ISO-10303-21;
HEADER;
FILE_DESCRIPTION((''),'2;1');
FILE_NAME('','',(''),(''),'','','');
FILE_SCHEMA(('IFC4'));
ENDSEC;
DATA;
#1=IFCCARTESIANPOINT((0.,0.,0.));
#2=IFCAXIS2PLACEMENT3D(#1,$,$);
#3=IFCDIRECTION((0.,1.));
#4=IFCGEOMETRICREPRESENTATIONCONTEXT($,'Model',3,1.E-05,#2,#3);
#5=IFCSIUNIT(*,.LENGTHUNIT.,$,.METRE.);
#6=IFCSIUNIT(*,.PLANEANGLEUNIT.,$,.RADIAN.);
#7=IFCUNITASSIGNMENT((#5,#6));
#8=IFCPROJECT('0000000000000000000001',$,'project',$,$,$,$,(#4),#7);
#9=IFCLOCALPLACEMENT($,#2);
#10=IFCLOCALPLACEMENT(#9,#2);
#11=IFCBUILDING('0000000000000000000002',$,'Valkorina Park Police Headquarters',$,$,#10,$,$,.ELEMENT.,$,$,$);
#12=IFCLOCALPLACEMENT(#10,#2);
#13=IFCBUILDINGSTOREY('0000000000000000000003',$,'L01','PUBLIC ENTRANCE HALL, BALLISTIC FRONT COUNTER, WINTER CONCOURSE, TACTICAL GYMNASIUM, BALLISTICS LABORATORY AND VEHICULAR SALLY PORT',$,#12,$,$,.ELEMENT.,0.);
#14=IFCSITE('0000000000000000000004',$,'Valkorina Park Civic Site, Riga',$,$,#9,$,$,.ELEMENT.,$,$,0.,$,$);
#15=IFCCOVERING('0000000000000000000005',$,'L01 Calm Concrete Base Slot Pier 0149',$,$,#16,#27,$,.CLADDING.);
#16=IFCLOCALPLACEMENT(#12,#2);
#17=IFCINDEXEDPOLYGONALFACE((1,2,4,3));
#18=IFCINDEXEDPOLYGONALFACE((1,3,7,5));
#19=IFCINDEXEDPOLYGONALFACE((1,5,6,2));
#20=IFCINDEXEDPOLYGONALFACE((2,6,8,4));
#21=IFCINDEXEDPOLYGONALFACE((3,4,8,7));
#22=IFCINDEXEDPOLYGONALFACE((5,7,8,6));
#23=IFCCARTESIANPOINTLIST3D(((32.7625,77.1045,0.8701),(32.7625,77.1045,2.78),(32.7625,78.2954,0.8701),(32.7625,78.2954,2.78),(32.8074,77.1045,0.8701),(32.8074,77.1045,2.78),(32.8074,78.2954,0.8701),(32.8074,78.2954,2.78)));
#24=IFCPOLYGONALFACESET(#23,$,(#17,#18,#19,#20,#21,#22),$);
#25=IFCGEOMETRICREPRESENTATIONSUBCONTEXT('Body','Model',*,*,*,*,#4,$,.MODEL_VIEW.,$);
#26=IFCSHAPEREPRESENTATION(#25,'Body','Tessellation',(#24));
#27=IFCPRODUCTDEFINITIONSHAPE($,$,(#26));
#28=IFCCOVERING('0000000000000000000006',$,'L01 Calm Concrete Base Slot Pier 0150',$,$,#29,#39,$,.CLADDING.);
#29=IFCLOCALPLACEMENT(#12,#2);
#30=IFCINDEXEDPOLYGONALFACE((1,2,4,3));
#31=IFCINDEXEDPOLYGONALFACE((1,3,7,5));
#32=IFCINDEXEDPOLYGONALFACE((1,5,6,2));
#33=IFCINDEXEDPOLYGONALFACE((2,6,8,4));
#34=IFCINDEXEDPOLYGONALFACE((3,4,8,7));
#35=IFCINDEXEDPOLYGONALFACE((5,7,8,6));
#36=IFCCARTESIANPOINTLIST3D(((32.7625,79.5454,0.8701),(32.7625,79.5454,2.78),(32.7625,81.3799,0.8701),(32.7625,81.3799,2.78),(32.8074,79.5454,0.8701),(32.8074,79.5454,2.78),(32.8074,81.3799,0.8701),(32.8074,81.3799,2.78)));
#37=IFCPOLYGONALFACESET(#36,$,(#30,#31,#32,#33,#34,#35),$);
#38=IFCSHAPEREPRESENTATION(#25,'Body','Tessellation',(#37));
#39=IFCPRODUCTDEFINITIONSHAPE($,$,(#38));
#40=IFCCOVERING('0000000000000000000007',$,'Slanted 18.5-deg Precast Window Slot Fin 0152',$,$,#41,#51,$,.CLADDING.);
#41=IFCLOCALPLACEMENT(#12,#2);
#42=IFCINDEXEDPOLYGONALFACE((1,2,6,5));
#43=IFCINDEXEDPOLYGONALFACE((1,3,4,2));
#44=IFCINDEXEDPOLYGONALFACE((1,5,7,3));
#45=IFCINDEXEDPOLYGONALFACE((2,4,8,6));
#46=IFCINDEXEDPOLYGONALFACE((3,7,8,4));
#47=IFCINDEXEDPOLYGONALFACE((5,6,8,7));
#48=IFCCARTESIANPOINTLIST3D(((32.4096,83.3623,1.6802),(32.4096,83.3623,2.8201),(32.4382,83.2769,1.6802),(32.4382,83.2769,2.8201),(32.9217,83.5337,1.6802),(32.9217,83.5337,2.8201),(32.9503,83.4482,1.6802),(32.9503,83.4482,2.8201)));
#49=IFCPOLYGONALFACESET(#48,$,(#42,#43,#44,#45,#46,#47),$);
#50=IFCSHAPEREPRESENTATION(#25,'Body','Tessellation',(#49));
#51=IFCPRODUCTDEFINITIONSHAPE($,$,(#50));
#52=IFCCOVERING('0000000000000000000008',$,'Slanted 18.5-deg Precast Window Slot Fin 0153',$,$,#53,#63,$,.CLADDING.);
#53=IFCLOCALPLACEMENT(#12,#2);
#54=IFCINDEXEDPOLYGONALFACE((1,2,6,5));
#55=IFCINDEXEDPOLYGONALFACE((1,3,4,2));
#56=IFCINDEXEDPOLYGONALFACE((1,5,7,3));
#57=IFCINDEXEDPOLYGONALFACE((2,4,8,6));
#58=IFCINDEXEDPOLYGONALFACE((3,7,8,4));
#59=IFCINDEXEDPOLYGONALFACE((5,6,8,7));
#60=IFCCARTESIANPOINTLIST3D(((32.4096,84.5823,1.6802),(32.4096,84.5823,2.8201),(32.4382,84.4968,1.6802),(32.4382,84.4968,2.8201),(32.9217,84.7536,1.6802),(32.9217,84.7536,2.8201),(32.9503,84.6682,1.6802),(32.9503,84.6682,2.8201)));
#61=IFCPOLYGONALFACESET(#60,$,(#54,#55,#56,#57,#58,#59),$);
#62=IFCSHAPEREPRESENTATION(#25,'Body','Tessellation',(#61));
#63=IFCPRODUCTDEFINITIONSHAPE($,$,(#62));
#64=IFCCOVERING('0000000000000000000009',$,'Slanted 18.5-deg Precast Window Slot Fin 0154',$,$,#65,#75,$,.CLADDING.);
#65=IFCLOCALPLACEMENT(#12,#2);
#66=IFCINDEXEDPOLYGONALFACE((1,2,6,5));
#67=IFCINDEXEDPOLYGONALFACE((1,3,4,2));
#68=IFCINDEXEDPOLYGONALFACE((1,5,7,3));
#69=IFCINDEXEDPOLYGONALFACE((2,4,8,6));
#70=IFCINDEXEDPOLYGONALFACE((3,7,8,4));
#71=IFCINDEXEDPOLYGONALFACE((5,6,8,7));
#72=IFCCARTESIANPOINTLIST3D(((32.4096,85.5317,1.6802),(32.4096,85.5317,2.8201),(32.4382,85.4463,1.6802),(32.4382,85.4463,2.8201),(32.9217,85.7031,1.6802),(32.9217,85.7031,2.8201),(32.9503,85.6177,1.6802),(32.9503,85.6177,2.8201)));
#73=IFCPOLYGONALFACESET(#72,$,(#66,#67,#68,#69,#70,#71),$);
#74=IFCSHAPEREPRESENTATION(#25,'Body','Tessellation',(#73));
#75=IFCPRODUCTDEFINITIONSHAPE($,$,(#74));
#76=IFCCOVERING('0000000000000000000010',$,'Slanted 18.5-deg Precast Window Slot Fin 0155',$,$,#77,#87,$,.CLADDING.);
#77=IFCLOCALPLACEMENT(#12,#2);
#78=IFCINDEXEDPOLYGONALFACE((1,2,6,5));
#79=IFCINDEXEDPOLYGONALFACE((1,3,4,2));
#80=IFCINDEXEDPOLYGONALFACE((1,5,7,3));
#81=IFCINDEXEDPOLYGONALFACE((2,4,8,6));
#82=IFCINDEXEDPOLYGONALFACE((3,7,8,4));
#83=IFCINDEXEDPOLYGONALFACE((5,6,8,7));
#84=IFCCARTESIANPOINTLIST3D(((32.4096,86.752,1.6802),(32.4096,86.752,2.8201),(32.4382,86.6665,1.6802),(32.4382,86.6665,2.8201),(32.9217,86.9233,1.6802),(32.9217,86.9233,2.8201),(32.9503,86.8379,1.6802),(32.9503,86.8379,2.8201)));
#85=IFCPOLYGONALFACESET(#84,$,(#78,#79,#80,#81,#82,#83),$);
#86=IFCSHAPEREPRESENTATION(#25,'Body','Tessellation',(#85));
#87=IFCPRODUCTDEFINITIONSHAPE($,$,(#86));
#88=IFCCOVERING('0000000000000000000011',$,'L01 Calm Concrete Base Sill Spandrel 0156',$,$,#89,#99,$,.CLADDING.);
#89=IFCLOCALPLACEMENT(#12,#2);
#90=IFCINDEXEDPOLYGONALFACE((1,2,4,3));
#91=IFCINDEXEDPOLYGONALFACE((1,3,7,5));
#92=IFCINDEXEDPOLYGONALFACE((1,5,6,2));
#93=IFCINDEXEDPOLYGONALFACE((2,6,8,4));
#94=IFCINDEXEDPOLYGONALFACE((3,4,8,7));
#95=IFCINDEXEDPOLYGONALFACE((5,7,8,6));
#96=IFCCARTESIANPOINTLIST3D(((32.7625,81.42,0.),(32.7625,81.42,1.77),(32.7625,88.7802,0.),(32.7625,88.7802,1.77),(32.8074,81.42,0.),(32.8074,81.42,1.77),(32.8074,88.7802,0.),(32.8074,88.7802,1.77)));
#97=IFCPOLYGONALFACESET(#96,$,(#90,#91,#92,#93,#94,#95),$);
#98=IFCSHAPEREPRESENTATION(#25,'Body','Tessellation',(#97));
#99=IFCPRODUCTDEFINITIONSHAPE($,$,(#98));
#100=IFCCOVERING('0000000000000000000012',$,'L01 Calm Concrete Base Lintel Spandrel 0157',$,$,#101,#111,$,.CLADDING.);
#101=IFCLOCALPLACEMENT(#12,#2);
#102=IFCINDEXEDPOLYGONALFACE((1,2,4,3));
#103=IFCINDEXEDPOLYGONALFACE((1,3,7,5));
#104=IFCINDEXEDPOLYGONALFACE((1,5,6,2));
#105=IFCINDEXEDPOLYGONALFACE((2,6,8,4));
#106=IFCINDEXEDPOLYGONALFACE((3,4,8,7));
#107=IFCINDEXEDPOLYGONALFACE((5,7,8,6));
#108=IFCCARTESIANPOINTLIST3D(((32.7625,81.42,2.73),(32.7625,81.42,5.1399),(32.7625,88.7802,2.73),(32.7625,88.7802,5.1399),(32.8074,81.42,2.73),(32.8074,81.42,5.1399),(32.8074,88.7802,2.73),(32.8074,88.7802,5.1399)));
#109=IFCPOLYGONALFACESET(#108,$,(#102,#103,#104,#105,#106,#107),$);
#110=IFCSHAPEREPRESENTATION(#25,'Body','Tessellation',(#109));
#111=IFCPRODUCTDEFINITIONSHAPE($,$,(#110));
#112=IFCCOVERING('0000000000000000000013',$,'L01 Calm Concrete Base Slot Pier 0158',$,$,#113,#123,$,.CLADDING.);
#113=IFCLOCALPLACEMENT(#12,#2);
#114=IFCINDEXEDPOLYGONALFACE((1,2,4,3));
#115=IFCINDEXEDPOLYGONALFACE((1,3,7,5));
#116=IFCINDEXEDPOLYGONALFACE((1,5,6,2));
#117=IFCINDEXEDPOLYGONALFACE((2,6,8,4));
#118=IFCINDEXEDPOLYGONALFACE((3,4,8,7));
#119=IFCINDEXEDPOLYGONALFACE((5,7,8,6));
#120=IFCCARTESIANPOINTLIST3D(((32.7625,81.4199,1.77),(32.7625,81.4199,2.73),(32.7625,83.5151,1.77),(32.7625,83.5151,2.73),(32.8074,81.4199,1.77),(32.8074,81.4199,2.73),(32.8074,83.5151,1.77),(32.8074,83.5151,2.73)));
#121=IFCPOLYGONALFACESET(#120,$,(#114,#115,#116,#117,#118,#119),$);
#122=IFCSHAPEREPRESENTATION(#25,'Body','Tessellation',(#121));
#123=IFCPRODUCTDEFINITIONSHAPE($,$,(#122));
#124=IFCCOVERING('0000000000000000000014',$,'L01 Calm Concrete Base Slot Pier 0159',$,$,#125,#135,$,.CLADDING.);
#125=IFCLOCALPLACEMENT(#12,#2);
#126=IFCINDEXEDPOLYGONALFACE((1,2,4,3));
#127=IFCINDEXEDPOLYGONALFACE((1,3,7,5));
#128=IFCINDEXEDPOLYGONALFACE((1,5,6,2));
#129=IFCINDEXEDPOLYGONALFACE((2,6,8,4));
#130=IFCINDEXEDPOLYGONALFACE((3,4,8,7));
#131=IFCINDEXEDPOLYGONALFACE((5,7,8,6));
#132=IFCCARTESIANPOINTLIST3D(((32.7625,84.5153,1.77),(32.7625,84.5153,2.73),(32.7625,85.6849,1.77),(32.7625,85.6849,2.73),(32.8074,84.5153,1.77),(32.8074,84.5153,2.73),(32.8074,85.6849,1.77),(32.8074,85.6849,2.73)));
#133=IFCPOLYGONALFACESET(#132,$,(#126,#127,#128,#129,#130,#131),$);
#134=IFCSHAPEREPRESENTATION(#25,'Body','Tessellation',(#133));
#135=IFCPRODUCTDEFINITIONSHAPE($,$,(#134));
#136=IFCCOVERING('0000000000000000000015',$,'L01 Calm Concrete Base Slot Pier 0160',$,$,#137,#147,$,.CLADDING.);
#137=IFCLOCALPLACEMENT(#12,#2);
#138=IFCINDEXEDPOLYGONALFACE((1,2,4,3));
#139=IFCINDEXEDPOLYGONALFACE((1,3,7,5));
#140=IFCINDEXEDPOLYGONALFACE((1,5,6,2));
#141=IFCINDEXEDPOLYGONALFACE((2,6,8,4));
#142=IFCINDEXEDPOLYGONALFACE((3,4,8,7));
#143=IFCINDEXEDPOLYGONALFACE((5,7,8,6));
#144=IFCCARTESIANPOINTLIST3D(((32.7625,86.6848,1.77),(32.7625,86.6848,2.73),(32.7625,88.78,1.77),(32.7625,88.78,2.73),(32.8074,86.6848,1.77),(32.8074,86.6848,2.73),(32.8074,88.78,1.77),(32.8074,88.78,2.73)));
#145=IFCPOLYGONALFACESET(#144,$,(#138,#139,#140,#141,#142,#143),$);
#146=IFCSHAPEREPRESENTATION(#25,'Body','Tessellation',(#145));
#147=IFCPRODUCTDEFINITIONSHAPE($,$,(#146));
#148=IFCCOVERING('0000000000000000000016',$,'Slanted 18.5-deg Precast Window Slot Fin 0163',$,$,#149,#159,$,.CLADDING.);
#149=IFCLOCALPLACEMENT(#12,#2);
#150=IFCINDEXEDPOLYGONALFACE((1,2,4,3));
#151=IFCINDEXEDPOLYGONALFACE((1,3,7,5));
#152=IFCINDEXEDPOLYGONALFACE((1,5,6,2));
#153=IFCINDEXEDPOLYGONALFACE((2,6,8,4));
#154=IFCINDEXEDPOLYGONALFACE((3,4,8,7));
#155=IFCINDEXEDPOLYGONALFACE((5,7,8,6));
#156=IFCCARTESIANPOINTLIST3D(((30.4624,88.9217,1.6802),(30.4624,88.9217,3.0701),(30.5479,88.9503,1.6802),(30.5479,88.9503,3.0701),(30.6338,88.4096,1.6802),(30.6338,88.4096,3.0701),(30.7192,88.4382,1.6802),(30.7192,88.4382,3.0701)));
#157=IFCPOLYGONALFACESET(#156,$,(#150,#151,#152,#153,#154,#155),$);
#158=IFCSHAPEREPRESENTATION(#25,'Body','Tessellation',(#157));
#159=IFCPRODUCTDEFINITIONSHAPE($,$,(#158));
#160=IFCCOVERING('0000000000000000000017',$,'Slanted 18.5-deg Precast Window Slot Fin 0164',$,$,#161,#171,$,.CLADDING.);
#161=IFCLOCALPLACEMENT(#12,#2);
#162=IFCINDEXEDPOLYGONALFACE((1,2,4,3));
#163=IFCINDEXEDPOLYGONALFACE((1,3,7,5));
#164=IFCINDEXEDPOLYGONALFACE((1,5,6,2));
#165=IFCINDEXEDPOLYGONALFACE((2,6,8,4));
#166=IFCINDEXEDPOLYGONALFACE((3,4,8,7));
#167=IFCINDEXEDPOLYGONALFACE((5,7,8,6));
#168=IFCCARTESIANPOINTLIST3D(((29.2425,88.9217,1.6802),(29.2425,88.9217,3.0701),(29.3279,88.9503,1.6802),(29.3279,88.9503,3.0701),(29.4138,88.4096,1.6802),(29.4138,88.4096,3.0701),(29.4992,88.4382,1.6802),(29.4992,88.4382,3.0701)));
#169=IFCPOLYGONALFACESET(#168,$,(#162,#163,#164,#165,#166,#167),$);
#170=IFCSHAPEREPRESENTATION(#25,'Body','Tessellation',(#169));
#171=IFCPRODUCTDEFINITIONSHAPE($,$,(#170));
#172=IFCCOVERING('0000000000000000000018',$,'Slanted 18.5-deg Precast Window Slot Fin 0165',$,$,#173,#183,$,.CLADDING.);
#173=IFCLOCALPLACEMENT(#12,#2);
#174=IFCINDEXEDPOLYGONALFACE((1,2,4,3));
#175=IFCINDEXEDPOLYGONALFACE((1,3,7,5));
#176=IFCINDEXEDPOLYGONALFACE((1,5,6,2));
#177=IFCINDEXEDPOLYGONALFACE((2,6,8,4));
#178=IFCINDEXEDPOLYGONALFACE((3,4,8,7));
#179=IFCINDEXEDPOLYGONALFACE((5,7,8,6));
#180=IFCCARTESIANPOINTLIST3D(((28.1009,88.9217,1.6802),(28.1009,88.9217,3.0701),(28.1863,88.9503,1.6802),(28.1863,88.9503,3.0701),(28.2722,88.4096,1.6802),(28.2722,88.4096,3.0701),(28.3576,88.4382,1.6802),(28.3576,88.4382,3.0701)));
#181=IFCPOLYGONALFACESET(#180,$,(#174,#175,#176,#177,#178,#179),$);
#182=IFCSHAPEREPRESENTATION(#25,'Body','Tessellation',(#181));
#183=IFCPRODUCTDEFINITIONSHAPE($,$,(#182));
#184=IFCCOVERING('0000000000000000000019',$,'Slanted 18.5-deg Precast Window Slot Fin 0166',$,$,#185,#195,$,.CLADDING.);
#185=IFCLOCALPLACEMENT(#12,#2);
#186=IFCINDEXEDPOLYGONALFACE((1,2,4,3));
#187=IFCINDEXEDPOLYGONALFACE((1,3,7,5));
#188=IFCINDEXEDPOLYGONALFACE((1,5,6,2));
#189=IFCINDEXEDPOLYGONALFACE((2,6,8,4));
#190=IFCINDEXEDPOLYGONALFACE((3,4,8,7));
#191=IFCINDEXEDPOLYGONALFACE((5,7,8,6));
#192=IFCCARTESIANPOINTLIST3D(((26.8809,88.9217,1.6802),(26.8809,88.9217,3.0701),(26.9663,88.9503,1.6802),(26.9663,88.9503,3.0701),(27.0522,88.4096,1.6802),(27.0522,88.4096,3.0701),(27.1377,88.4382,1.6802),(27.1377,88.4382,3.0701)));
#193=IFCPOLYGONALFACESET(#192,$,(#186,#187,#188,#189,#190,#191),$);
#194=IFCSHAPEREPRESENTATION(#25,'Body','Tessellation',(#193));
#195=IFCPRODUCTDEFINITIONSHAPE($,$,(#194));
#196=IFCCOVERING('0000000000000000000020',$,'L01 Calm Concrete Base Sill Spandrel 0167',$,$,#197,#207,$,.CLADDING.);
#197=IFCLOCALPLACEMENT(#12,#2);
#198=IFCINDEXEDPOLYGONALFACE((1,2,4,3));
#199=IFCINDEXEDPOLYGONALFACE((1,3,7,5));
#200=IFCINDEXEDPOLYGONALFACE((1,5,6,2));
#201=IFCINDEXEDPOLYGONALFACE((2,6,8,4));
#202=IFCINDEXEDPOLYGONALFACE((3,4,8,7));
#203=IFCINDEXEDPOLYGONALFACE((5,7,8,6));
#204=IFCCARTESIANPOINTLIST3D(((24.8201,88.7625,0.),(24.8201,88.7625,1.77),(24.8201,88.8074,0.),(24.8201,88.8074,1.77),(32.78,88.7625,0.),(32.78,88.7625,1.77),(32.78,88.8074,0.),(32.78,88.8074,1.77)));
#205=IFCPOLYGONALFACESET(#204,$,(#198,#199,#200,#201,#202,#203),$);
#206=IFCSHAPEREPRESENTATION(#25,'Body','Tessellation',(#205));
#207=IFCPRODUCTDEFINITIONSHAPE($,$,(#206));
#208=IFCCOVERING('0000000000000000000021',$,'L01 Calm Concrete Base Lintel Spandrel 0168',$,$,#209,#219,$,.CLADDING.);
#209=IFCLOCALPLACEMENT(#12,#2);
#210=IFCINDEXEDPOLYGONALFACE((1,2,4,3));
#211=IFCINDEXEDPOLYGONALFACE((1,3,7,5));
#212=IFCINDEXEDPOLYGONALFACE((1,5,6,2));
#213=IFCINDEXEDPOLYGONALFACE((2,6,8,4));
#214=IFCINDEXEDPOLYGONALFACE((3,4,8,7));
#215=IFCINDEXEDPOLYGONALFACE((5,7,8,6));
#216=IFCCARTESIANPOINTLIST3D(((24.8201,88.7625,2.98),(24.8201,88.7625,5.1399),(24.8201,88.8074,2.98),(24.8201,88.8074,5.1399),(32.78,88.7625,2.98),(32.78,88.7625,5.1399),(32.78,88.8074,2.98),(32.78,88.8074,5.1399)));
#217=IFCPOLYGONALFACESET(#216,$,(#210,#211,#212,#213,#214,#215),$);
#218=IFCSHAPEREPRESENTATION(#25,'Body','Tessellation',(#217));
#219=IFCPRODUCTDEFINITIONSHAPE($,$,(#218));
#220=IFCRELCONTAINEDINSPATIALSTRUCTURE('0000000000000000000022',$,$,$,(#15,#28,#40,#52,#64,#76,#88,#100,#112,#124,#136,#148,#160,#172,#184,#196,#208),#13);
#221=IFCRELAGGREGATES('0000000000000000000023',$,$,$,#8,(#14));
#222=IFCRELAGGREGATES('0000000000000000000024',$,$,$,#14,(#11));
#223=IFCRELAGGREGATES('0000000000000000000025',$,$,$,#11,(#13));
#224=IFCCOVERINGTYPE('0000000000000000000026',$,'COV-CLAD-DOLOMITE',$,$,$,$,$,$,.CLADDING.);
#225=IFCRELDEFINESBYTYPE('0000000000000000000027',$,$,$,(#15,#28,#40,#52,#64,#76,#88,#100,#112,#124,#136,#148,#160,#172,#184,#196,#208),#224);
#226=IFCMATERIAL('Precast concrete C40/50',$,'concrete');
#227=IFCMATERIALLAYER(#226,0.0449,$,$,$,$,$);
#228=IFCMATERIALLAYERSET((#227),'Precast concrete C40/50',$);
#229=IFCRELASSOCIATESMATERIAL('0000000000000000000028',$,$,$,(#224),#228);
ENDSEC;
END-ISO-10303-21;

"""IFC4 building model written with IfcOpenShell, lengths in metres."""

from ifc_helpers import new_model, si_unit, direction, frame, frame_2d, origin, origin_2d, place, context, subcontext, project, spatial, rectangle, extrude, material, layer, layer_set, type_object, element, save


model = new_model("IFC4")

# Units and contexts
model_context = context("Model", 3, precision=1e-05, world=origin(), true_north=direction((0.0, 1.0)))
body_context = subcontext(model_context, "Body", "Model", "MODEL_VIEW")
ifc_project = project(units=[si_unit("LENGTHUNIT", "METRE"), si_unit("PLANEANGLEUNIT", "RADIAN")], contexts=[model_context])

# Site, building, storey
site_placement = place(None, origin())
site = spatial("IfcSite", under=ifc_project, at=site_placement, Name="Valkorina Park Civic Site, Riga", CompositionType="ELEMENT", RefElevation=0.0)
building_placement = place(site_placement, origin())
building = spatial("IfcBuilding", under=site, at=building_placement, Name="Valkorina Park Police Headquarters", CompositionType="ELEMENT")
storey_placement = place(building_placement, origin())
storey = spatial("IfcBuildingStorey", under=building, at=storey_placement, Name="L01", Description="PUBLIC ENTRANCE HALL, BALLISTIC FRONT COUNTER, WINTER CONCOURSE, TACTICAL GYMNASIUM, BALLISTICS LABORATORY AND VEHICULAR SALLY PORT", CompositionType="ELEMENT", Elevation=0.0)

# Coverings
ifc_material_1 = material(Name="Precast concrete C40/50", Category="concrete")
ifc_layer = layer(ifc_material_1, 0.0449)
ifc_layer_set = layer_set([ifc_layer], Name="Precast concrete C40/50")
covering_type = type_object("IfcCoveringType", Name="COV-CLAD-DOLOMITE", PredefinedType="CLADDING", material=ifc_layer_set)
covering_1_placement = place(storey_placement, frame((32.7849, 77.1045, 0.8701), z_axis=(0.0, 0.0, 1.0), x_axis=(0.0, 1.0, 0.0)))
element("IfcCovering", 1, at=covering_1_placement, inside=storey, type_object=covering_type, Name="L01 Calm Concrete Base Slot Pier 0149", PredefinedType="CLADDING", context=body_context, shape_type="SweptSolid", body=[
    extrude(rectangle(XDim=1.1909, YDim=0.0449, at=frame_2d((0.5955, 0.0))), origin(), (0.0, 0.0, 1.0), 1.9099),
])
covering_2_placement = place(storey_placement, frame((32.7849, 79.5454, 0.8701), z_axis=(0.0, 0.0, 1.0), x_axis=(0.0, 1.0, 0.0)))
element("IfcCovering", 2, at=covering_2_placement, inside=storey, type_object=covering_type, Name="L01 Calm Concrete Base Slot Pier 0150", PredefinedType="CLADDING", context=body_context, shape_type="SweptSolid", body=[
    extrude(rectangle(XDim=1.8345, YDim=0.0449, at=frame_2d((0.9172, 0.0))), origin(), (0.0, 0.0, 1.0), 1.9099),
])
for number, where, z_axis, x_axis, name in (
    (3, (32.6799, 83.4053, 1.6802), (0.0, 0.0, 1.0), (-0.948324, -0.317305, 0.0), "Slanted 18.5-deg Precast Window Slot Fin 0152"),
    (4, (32.6799, 84.6252, 1.6802), (0.0, 0.0, 1.0), (-0.948324, -0.317305, 0.0), "Slanted 18.5-deg Precast Window Slot Fin 0153"),
    (5, (32.6799, 85.5747, 1.6802), (0.0, 0.0, 1.0), (-0.948324, -0.317305, 0.0), "Slanted 18.5-deg Precast Window Slot Fin 0154"),
    (6, (32.6799, 86.7949, 1.6802), (0.0, 0.0, 1.0), (-0.948324, -0.317305, 0.0), "Slanted 18.5-deg Precast Window Slot Fin 0155"),
):
    element("IfcCovering", number, at=place(storey_placement, frame(where, z_axis=z_axis, x_axis=x_axis)), inside=storey, type_object=covering_type, Name=name, PredefinedType="CLADDING", context=body_context, shape_type="SweptSolid", body=[
        extrude(rectangle(XDim=0.54, YDim=0.0901, at=origin_2d()), origin(), (0.0, 0.0, 1.0), 1.1399),
    ])
covering_3_placement = place(storey_placement, frame((32.7849, 81.4199, 0.0), z_axis=(0.0, 0.0, 1.0), x_axis=(0.0, 1.0, 0.0)))
element("IfcCovering", 7, at=covering_3_placement, inside=storey, type_object=covering_type, Name="L01 Calm Concrete Base Sill Spandrel 0156", PredefinedType="CLADDING", context=body_context, shape_type="SweptSolid", body=[
    extrude(rectangle(XDim=7.3601, YDim=0.0449, at=frame_2d((3.6802, 0.0))), origin(), (0.0, 0.0, 1.0), 1.77),
])
covering_4_placement = place(storey_placement, frame((32.7849, 81.4199, 2.73), z_axis=(0.0, 0.0, 1.0), x_axis=(0.0, 1.0, 0.0)))
element("IfcCovering", 8, at=covering_4_placement, inside=storey, type_object=covering_type, Name="L01 Calm Concrete Base Lintel Spandrel 0157", PredefinedType="CLADDING", context=body_context, shape_type="SweptSolid", body=[
    extrude(rectangle(XDim=7.3601, YDim=0.0449, at=frame_2d((3.6802, 0.0))), origin(), (0.0, 0.0, 1.0), 2.4099),
])
covering_5_placement = place(storey_placement, frame((32.7849, 81.4199, 1.77), z_axis=(0.0, 0.0, 1.0), x_axis=(0.0, 1.0, 0.0)))
element("IfcCovering", 9, at=covering_5_placement, inside=storey, type_object=covering_type, Name="L01 Calm Concrete Base Slot Pier 0158", PredefinedType="CLADDING", context=body_context, shape_type="SweptSolid", body=[
    extrude(rectangle(XDim=2.0952, YDim=0.0449, at=frame_2d((1.0476, 0.0))), origin(), (0.0, 0.0, 1.0), 0.96),
])
covering_6_placement = place(storey_placement, frame((32.7849, 84.5151, 1.77), z_axis=(0.0, 0.0, 1.0), x_axis=(0.0, 1.0, 0.0)))
element("IfcCovering", 10, at=covering_6_placement, inside=storey, type_object=covering_type, Name="L01 Calm Concrete Base Slot Pier 0159", PredefinedType="CLADDING", context=body_context, shape_type="SweptSolid", body=[
    extrude(rectangle(XDim=1.1697, YDim=0.0449, at=frame_2d((0.585, 0.0))), origin(), (0.0, 0.0, 1.0), 0.96),
])
covering_7_placement = place(storey_placement, frame((32.7849, 86.6848, 1.77), z_axis=(0.0, 0.0, 1.0), x_axis=(0.0, 1.0, 0.0)))
element("IfcCovering", 11, at=covering_7_placement, inside=storey, type_object=covering_type, Name="L01 Calm Concrete Base Slot Pier 0160", PredefinedType="CLADDING", context=body_context, shape_type="SweptSolid", body=[
    extrude(rectangle(XDim=2.0952, YDim=0.0449, at=frame_2d((1.0476, 0.0))), origin(), (0.0, 0.0, 1.0), 0.96),
])
for number, where, z_axis, x_axis, name in (
    (12, (30.5908, 88.6799, 1.6802), (0.0, 0.0, 1.0), (0.317305, -0.948324, 0.0), "Slanted 18.5-deg Precast Window Slot Fin 0163"),
    (13, (29.3708, 88.6799, 1.6802), (0.0, 0.0, 1.0), (0.317305, -0.948324, 0.0), "Slanted 18.5-deg Precast Window Slot Fin 0164"),
    (14, (28.2292, 88.6799, 1.6802), (0.0, 0.0, 1.0), (0.317305, -0.948324, 0.0), "Slanted 18.5-deg Precast Window Slot Fin 0165"),
    (15, (27.0093, 88.6799, 1.6802), (0.0, 0.0, 1.0), (0.317305, -0.948324, 0.0), "Slanted 18.5-deg Precast Window Slot Fin 0166"),
):
    element("IfcCovering", number, at=place(storey_placement, frame(where, z_axis=z_axis, x_axis=x_axis)), inside=storey, type_object=covering_type, Name=name, PredefinedType="CLADDING", context=body_context, shape_type="SweptSolid", body=[
        extrude(rectangle(XDim=0.54, YDim=0.0901, at=origin_2d()), origin(), (0.0, 0.0, 1.0), 1.3899),
    ])
covering_8_placement = place(storey_placement, frame((32.78, 88.7849, 0.0), z_axis=(0.0, 0.0, 1.0), x_axis=(-1.0, 0.0, 0.0)))
element("IfcCovering", 16, at=covering_8_placement, inside=storey, type_object=covering_type, Name="L01 Calm Concrete Base Sill Spandrel 0167", PredefinedType="CLADDING", context=body_context, shape_type="SweptSolid", body=[
    extrude(rectangle(XDim=7.96, YDim=0.0449, at=frame_2d((3.98, 0.0))), origin(), (0.0, 0.0, 1.0), 1.77),
])
covering_9_placement = place(storey_placement, frame((32.78, 88.7849, 2.98), z_axis=(0.0, 0.0, 1.0), x_axis=(-1.0, 0.0, 0.0)))
element("IfcCovering", 17, at=covering_9_placement, inside=storey, type_object=covering_type, Name="L01 Calm Concrete Base Lintel Spandrel 0168", PredefinedType="CLADDING", context=body_context, shape_type="SweptSolid", body=[
    extrude(rectangle(XDim=7.96, YDim=0.0449, at=frame_2d((3.98, 0.0))), origin(), (0.0, 0.0, 1.0), 2.1599),
])

save(model, "model.ifc")
